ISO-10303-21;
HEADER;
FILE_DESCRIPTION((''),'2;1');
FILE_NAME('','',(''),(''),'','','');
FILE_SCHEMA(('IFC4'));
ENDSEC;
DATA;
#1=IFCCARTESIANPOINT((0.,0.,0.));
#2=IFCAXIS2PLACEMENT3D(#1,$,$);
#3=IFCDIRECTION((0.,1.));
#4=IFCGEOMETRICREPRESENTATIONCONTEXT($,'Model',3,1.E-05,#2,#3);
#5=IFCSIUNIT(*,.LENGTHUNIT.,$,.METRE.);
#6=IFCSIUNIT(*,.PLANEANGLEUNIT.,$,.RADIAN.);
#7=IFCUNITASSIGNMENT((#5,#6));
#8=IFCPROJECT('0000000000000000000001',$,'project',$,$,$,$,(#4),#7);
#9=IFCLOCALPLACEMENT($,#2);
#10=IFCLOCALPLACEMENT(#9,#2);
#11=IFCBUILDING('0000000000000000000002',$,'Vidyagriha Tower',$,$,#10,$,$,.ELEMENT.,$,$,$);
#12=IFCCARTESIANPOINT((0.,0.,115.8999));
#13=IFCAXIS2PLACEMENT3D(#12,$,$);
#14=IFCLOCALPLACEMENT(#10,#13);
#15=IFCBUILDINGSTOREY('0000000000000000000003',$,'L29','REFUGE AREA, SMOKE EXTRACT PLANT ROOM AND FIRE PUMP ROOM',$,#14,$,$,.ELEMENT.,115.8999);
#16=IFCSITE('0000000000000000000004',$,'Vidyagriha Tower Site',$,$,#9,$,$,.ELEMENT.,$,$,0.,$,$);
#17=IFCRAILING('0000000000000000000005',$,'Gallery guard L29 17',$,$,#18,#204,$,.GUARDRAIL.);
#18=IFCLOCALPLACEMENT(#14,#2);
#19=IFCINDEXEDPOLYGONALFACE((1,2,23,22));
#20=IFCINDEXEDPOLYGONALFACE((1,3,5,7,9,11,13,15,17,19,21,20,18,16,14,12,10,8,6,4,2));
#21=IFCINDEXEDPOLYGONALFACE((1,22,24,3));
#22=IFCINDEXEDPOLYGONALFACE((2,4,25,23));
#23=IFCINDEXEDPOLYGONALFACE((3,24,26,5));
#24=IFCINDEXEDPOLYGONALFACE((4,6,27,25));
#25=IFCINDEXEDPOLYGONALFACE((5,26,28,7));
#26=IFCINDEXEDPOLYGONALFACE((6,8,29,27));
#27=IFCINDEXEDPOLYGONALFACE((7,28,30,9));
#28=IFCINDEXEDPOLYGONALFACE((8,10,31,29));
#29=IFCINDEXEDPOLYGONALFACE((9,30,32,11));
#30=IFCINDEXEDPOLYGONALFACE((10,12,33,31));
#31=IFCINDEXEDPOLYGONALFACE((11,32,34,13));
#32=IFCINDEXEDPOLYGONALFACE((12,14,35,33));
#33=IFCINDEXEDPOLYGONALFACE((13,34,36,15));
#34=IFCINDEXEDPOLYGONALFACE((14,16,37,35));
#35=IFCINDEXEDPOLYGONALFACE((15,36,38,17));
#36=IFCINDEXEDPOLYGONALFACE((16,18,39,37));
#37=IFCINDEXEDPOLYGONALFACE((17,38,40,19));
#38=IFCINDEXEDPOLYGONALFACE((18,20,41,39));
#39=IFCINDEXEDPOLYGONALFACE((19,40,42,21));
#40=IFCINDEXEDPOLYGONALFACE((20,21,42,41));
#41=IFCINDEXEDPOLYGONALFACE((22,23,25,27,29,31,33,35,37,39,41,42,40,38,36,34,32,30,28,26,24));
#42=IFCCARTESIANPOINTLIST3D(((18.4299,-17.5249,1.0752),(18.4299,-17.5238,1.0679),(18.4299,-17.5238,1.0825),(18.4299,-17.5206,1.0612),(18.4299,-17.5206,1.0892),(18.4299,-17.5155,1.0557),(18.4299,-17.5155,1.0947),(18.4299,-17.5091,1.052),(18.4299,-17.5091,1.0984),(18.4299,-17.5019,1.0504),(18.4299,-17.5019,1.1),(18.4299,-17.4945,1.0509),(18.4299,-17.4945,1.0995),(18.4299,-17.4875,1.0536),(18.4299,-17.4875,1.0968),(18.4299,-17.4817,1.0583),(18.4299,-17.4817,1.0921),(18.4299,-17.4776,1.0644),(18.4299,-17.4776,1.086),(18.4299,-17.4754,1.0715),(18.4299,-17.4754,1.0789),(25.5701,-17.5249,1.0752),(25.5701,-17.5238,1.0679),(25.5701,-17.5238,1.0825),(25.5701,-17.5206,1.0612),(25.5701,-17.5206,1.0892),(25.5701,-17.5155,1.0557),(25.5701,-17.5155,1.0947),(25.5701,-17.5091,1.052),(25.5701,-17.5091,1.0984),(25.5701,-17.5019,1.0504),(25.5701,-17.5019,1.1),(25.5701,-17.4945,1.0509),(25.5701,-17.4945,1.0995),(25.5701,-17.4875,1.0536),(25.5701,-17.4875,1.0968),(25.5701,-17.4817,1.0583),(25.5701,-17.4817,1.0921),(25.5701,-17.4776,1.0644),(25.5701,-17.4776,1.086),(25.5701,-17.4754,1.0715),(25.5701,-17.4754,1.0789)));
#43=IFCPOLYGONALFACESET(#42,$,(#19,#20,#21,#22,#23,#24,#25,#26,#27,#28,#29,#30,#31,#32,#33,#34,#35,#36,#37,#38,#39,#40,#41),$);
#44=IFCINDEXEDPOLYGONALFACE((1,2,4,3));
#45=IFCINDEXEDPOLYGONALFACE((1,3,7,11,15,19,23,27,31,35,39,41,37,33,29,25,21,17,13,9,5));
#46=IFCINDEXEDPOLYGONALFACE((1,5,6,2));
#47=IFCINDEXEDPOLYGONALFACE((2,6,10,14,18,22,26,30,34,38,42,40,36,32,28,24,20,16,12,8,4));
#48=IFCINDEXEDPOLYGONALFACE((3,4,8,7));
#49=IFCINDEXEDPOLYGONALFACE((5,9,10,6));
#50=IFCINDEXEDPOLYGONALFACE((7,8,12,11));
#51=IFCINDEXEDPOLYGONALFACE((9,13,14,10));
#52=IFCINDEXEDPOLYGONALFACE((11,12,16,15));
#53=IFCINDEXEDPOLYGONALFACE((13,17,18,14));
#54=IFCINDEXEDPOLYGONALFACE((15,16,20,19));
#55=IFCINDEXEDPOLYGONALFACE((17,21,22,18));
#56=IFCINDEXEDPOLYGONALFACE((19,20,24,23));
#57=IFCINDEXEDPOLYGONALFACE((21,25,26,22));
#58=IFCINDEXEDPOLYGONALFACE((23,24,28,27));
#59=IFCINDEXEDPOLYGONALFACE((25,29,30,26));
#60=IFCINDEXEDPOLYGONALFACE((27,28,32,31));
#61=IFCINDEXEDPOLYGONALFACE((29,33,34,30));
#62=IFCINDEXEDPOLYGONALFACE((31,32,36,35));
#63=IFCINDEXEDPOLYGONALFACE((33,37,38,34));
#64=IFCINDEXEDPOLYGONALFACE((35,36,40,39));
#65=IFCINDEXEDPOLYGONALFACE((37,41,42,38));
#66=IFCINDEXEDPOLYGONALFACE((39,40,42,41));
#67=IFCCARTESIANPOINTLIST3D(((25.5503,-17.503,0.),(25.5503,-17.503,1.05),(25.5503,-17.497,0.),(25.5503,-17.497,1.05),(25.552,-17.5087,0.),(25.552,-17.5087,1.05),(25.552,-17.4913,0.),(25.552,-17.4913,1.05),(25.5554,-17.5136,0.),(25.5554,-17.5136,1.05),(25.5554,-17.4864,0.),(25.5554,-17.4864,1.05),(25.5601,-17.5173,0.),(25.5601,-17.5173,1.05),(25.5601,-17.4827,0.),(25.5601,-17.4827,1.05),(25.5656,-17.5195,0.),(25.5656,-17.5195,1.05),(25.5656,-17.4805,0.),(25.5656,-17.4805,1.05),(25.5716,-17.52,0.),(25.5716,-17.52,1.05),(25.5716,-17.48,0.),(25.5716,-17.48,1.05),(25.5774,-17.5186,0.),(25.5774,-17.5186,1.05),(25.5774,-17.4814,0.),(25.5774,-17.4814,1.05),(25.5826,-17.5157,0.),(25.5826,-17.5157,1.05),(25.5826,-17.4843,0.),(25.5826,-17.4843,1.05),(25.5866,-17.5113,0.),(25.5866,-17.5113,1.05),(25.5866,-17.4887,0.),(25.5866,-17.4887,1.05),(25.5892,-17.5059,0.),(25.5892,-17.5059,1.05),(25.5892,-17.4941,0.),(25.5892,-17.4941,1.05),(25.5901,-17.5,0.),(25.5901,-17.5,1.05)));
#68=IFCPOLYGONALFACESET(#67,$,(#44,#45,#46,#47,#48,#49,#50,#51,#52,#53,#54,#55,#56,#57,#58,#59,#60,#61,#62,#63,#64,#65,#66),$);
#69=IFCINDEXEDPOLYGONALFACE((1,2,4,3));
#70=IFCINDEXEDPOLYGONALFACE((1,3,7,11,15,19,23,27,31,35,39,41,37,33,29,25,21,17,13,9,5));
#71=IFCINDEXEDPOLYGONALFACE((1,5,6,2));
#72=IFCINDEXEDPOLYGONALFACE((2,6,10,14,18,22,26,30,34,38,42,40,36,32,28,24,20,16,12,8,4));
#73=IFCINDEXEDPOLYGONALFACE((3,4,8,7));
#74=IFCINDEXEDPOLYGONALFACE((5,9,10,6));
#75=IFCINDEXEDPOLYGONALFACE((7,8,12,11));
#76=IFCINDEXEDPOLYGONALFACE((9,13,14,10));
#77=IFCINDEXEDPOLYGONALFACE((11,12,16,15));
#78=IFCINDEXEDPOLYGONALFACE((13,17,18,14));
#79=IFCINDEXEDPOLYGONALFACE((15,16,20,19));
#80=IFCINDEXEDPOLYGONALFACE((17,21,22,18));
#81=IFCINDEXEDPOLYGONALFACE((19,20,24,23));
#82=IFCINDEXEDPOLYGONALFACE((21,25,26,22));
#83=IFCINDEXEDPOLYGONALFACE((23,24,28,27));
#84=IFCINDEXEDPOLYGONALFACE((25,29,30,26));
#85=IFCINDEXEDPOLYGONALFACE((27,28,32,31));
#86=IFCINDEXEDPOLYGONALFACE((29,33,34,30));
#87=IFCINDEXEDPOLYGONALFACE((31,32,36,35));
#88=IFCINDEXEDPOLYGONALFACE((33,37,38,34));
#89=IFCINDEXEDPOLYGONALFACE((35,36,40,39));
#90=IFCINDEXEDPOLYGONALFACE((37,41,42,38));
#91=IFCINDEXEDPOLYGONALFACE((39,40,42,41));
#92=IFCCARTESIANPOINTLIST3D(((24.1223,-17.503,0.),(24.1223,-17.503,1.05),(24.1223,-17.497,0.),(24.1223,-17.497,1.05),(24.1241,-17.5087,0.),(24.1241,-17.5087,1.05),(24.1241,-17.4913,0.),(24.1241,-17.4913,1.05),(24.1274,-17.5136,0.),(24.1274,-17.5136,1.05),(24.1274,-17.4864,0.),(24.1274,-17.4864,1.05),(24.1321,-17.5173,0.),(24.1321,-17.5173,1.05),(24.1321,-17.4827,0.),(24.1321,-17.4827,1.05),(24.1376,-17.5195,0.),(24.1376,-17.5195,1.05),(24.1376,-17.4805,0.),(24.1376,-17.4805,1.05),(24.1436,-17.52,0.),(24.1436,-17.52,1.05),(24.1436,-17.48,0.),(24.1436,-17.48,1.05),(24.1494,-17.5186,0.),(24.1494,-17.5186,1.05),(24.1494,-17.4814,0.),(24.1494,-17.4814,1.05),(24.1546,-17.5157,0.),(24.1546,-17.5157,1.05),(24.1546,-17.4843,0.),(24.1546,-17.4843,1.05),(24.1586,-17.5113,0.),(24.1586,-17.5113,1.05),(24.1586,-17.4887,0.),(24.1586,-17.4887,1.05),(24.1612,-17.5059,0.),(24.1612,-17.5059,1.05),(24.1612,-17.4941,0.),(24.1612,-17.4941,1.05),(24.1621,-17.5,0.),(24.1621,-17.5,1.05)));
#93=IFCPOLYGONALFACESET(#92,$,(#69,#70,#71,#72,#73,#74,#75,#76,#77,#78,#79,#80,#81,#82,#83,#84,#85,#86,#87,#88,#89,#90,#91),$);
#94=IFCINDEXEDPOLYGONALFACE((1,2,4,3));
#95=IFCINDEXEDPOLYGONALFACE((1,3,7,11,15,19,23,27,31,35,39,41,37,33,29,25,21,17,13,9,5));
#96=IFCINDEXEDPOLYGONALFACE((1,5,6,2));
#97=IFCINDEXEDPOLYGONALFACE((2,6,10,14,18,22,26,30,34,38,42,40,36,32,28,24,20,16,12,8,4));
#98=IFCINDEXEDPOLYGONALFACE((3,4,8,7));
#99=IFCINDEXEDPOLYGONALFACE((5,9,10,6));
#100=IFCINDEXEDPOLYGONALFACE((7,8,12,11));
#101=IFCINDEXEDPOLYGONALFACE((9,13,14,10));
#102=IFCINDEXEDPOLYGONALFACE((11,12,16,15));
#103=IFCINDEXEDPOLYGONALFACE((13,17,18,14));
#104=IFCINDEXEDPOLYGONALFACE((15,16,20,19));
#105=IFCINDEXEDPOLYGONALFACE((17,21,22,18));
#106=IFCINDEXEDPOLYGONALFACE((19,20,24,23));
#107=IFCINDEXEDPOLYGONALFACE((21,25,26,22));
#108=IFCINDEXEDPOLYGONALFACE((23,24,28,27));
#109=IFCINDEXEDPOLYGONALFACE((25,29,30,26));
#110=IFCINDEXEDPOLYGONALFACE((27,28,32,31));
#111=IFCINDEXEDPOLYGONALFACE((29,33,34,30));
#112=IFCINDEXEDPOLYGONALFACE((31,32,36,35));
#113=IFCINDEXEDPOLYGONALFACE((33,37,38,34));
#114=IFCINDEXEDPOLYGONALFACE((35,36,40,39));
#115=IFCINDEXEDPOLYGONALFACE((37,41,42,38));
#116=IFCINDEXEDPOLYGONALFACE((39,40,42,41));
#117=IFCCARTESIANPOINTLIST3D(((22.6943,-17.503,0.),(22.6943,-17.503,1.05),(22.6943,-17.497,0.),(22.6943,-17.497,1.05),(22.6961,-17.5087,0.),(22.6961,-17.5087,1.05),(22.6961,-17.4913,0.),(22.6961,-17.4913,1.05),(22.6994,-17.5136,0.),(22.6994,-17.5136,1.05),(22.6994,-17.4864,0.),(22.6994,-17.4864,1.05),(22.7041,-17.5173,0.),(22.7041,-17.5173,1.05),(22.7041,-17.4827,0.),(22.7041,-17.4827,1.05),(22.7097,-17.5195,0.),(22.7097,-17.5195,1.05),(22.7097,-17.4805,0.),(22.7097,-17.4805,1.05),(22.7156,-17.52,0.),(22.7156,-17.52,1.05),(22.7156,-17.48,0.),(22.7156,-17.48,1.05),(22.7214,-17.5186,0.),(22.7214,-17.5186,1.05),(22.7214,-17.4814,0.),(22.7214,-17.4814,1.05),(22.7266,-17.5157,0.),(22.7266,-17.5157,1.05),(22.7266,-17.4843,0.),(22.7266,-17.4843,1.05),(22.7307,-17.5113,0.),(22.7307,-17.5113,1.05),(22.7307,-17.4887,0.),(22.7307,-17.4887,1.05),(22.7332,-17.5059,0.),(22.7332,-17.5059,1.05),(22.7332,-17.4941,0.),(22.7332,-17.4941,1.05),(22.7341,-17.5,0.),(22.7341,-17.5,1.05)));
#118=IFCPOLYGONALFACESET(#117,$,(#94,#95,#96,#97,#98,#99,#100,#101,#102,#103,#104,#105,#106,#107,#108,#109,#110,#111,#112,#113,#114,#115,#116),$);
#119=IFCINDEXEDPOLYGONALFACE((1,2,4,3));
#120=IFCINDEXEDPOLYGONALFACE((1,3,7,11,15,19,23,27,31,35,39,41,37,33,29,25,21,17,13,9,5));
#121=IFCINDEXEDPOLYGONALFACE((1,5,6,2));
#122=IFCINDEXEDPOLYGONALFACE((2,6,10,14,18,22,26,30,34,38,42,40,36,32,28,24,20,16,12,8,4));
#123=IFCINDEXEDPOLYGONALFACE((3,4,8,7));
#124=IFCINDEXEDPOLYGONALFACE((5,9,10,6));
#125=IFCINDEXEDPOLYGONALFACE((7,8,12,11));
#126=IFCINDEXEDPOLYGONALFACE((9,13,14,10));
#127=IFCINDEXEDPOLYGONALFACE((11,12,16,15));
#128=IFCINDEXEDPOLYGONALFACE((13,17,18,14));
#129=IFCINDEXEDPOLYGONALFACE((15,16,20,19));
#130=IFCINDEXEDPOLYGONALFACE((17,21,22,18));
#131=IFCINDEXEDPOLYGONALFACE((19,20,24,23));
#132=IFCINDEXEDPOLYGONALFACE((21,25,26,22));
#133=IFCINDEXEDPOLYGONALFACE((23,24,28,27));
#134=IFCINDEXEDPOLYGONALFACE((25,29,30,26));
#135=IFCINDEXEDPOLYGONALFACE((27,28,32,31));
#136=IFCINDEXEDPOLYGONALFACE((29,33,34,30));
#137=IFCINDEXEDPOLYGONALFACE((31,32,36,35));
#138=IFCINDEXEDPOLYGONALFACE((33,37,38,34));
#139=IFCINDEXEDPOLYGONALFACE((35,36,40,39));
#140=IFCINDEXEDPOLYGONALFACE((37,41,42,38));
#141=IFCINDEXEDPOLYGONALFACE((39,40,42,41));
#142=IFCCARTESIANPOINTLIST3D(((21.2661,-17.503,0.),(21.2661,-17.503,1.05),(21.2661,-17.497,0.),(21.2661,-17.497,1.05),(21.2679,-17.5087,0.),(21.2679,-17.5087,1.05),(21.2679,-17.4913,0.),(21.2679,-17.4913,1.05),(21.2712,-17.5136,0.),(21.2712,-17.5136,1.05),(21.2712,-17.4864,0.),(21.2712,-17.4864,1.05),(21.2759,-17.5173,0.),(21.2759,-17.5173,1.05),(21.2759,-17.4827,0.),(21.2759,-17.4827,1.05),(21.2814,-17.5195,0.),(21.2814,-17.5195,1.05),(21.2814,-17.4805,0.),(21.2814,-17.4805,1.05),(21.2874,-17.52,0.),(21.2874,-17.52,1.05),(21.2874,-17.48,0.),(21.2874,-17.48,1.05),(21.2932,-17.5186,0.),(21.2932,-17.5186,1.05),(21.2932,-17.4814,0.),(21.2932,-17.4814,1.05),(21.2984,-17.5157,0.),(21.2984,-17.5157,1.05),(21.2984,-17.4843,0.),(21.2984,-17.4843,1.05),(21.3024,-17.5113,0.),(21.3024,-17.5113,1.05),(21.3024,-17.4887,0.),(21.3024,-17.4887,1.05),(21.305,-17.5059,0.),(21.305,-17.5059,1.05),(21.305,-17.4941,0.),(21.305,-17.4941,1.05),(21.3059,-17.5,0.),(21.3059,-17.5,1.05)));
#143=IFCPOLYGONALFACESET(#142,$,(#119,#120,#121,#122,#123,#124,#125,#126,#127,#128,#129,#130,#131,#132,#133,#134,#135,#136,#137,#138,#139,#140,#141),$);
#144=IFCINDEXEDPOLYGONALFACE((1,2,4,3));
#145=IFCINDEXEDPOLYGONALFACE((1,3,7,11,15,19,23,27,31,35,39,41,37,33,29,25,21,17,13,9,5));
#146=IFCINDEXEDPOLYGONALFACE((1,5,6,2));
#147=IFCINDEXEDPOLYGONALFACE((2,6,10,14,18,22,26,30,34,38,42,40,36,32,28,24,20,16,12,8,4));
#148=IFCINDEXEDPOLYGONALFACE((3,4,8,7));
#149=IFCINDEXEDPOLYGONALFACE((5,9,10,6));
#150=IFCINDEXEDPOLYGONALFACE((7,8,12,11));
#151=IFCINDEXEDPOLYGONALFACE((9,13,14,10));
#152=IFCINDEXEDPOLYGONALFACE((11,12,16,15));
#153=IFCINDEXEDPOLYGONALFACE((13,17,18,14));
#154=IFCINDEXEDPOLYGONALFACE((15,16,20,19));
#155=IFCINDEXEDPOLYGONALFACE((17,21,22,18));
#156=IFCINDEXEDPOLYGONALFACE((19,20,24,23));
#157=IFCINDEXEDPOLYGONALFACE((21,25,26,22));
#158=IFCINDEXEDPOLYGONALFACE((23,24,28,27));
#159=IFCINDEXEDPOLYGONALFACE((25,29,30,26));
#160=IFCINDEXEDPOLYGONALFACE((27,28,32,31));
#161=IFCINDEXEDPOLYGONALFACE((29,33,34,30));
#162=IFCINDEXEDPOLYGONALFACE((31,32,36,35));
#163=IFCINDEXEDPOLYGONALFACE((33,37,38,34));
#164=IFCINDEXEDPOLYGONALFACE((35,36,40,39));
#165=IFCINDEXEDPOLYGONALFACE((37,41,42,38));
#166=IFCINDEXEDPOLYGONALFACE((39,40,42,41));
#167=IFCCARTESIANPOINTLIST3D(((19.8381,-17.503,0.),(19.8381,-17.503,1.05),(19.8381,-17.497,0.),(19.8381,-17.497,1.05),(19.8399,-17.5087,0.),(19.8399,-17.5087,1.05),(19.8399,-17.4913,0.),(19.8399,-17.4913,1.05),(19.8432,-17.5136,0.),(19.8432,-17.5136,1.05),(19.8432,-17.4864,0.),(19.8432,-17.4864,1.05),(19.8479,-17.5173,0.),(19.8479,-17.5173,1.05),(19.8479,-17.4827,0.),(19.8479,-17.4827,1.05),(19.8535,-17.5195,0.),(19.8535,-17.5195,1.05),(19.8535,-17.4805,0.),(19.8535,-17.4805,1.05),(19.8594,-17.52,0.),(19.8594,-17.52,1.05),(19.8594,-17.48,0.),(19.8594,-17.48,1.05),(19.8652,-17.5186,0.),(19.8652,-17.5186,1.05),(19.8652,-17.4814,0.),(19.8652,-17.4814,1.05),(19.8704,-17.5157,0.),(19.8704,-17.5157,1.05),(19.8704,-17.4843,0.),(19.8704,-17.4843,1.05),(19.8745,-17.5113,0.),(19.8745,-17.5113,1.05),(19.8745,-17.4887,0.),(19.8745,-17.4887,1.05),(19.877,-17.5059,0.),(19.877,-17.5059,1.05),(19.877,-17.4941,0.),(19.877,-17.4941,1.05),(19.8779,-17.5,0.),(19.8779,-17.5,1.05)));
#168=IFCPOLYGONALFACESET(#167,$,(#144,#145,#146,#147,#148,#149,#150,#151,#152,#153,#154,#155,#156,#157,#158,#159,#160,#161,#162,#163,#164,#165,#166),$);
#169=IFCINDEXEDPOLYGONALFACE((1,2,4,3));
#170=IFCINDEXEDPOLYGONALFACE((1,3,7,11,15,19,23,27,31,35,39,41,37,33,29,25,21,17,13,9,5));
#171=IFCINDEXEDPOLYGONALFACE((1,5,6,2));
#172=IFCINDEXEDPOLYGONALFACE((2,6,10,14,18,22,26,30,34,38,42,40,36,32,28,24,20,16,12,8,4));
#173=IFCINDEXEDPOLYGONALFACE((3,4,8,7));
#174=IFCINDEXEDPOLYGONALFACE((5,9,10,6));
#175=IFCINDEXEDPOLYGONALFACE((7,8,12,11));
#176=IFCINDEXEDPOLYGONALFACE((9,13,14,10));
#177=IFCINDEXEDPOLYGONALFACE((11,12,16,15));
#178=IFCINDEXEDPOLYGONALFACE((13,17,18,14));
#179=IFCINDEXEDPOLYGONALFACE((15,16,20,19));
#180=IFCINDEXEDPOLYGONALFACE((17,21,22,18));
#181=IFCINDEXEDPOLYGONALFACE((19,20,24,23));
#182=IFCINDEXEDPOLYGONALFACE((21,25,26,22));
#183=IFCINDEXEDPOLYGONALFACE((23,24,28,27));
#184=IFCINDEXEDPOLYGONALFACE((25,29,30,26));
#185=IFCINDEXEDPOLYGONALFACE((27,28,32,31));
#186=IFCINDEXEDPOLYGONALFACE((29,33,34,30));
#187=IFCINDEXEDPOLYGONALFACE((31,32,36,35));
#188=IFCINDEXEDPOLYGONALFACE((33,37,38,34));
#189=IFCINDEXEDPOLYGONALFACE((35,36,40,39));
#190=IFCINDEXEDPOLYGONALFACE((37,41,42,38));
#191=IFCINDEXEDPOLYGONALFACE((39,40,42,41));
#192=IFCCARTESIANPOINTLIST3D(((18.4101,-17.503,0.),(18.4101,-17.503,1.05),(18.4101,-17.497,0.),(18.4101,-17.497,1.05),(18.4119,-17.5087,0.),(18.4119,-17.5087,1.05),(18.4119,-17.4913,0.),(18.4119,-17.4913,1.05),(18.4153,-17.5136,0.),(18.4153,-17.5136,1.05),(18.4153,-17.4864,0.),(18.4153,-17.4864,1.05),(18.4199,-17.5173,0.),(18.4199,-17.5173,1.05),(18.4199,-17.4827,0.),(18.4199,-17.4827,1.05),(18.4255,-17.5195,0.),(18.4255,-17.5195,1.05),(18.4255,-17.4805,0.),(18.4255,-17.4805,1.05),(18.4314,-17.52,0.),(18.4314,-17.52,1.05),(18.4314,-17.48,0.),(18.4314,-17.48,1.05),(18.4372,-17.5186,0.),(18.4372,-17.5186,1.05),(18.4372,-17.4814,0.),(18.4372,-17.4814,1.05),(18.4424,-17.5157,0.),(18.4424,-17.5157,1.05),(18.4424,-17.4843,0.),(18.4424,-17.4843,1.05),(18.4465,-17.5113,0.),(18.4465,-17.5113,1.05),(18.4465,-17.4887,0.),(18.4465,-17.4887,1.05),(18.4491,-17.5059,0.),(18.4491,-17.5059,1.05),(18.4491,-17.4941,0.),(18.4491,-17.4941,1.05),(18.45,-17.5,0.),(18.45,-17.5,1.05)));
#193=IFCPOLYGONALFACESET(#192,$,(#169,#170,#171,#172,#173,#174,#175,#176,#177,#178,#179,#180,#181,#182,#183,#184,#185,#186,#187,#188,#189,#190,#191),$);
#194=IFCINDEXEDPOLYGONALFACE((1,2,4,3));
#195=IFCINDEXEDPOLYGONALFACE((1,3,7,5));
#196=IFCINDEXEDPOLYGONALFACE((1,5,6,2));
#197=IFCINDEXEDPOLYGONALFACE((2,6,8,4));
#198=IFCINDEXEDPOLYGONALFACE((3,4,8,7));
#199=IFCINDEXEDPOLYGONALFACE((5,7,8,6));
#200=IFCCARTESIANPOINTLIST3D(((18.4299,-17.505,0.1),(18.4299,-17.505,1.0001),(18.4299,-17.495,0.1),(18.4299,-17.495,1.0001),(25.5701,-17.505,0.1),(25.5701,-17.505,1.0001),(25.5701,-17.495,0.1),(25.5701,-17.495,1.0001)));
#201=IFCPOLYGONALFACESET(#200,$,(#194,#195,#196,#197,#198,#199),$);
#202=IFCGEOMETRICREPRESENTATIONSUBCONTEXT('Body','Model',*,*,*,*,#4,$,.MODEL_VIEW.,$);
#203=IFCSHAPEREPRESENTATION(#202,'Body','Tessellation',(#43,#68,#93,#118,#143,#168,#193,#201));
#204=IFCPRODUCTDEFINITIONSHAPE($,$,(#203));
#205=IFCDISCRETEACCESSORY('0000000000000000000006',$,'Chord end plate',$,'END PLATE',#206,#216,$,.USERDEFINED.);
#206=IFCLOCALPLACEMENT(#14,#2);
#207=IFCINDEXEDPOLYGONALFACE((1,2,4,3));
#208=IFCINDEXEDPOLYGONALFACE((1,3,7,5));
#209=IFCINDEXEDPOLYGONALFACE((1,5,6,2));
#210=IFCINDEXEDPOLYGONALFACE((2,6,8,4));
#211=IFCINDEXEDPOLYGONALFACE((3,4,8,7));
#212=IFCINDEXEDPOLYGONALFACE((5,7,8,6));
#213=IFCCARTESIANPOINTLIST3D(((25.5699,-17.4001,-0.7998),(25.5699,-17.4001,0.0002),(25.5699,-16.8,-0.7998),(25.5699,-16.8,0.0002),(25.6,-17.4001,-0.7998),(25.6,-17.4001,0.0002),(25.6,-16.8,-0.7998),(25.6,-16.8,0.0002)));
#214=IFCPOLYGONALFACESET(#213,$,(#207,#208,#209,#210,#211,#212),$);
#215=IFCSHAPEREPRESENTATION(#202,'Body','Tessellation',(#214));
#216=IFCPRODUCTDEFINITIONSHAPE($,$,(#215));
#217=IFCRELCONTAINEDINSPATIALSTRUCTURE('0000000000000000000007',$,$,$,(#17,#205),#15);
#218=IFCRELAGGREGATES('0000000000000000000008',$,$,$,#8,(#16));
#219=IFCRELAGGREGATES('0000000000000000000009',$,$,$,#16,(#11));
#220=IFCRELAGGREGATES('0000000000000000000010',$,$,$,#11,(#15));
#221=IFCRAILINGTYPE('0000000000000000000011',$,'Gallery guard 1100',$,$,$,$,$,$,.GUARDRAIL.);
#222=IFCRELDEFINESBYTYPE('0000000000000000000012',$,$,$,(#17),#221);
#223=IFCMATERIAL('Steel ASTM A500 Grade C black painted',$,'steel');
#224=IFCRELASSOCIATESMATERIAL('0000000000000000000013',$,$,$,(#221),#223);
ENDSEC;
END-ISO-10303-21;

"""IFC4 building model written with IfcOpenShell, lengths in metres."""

from ifc_helpers import new_model, si_unit, direction, frame, origin, origin_2d, place, context, subcontext, project, spatial, rectangle, circle, extrude, material, type_object, element, save


model = new_model("IFC4")

# Units and contexts
model_context = context("Model", 3, precision=1e-05, world=origin(), true_north=direction((0.0, 1.0)))
body_context = subcontext(model_context, "Body", "Model", "MODEL_VIEW")
ifc_project = project(units=[si_unit("LENGTHUNIT", "METRE"), si_unit("PLANEANGLEUNIT", "RADIAN")], contexts=[model_context])

# Site, building, storey
site_placement = place(None, origin())
site = spatial("IfcSite", under=ifc_project, at=site_placement, Name="Vidyagriha Tower Site", CompositionType="ELEMENT", RefElevation=0.0)
building_placement = place(site_placement, origin())
building = spatial("IfcBuilding", under=site, at=building_placement, Name="Vidyagriha Tower", CompositionType="ELEMENT")
storey_placement = place(building_placement, frame((0.0, 0.0, 115.8999)))
storey = spatial("IfcBuildingStorey", under=building, at=storey_placement, Name="L29", Description="REFUGE AREA, SMOKE EXTRACT PLANT ROOM AND FIRE PUMP ROOM", CompositionType="ELEMENT", Elevation=115.8999)

# Railing
ifc_material_1 = material(Name="Steel ASTM A500 Grade C black painted", Category="steel")
railing_type = type_object("IfcRailingType", Name="Gallery guard 1100", PredefinedType="GUARDRAIL", material=ifc_material_1)
for number, where, name in (
    (1, (25.5701, -17.5, 0.0), "Gallery guard L29 17"),
):
    element("IfcRailing", number, at=place(storey_placement, frame(where)), inside=storey, type_object=railing_type, Name=name, PredefinedType="GUARDRAIL", context=body_context, shape_type="SweptSolid", body=[
        extrude(circle(Radius=0.0249, at=origin_2d()), frame((0.0, 0.0, 1.0752), z_axis=(-1.0, 0.0, 0.0), x_axis=(0.0, -1.0, 0.0)), (0.0, 0.0, 1.0), 7.1401),
        extrude(circle(Radius=0.02, at=origin_2d()), origin(), (0.0, 0.0, 1.0), 1.05),
        extrude(circle(Radius=0.02, at=origin_2d()), frame((-1.428, 0.0, 0.0)), (0.0, 0.0, 1.0), 1.05),
        extrude(circle(Radius=0.02, at=origin_2d()), frame((-2.856, 0.0, 0.0)), (0.0, 0.0, 1.0), 1.05),
        extrude(circle(Radius=0.02, at=origin_2d()), frame((-4.2842, 0.0, 0.0)), (0.0, 0.0, 1.0), 1.05),
        extrude(circle(Radius=0.02, at=origin_2d()), frame((-5.7122, 0.0, 0.0)), (0.0, 0.0, 1.0), 1.05),
        extrude(circle(Radius=0.02, at=origin_2d()), frame((-7.1401, 0.0, 0.0)), (0.0, 0.0, 1.0), 1.05),
        extrude(rectangle(XDim=0.01, YDim=0.9001, at=origin_2d()), frame((0.0, 0.0, 0.55), z_axis=(-1.0, 0.0, 0.0), x_axis=(0.0, -1.0, 0.0)), (0.0, 0.0, 1.0), 7.1401),
    ])

# Discrete accessory
for number, where, z_axis, x_axis, name in (
    (2, (25.585, -17.1001, -0.7998), (0.0, 0.0, 1.0), (-1.0, 0.0, 0.0), "Chord end plate"),
):
    element("IfcDiscreteAccessory", number, at=place(storey_placement, frame(where, z_axis=z_axis, x_axis=x_axis)), inside=storey, Name=name, ObjectType="END PLATE", PredefinedType="USERDEFINED", context=body_context, shape_type="SweptSolid", body=[
        extrude(rectangle(XDim=0.03, YDim=0.6001, at=origin_2d()), origin(), (0.0, 0.0, 1.0), 0.8),
    ])

save(model, "model.ifc")
